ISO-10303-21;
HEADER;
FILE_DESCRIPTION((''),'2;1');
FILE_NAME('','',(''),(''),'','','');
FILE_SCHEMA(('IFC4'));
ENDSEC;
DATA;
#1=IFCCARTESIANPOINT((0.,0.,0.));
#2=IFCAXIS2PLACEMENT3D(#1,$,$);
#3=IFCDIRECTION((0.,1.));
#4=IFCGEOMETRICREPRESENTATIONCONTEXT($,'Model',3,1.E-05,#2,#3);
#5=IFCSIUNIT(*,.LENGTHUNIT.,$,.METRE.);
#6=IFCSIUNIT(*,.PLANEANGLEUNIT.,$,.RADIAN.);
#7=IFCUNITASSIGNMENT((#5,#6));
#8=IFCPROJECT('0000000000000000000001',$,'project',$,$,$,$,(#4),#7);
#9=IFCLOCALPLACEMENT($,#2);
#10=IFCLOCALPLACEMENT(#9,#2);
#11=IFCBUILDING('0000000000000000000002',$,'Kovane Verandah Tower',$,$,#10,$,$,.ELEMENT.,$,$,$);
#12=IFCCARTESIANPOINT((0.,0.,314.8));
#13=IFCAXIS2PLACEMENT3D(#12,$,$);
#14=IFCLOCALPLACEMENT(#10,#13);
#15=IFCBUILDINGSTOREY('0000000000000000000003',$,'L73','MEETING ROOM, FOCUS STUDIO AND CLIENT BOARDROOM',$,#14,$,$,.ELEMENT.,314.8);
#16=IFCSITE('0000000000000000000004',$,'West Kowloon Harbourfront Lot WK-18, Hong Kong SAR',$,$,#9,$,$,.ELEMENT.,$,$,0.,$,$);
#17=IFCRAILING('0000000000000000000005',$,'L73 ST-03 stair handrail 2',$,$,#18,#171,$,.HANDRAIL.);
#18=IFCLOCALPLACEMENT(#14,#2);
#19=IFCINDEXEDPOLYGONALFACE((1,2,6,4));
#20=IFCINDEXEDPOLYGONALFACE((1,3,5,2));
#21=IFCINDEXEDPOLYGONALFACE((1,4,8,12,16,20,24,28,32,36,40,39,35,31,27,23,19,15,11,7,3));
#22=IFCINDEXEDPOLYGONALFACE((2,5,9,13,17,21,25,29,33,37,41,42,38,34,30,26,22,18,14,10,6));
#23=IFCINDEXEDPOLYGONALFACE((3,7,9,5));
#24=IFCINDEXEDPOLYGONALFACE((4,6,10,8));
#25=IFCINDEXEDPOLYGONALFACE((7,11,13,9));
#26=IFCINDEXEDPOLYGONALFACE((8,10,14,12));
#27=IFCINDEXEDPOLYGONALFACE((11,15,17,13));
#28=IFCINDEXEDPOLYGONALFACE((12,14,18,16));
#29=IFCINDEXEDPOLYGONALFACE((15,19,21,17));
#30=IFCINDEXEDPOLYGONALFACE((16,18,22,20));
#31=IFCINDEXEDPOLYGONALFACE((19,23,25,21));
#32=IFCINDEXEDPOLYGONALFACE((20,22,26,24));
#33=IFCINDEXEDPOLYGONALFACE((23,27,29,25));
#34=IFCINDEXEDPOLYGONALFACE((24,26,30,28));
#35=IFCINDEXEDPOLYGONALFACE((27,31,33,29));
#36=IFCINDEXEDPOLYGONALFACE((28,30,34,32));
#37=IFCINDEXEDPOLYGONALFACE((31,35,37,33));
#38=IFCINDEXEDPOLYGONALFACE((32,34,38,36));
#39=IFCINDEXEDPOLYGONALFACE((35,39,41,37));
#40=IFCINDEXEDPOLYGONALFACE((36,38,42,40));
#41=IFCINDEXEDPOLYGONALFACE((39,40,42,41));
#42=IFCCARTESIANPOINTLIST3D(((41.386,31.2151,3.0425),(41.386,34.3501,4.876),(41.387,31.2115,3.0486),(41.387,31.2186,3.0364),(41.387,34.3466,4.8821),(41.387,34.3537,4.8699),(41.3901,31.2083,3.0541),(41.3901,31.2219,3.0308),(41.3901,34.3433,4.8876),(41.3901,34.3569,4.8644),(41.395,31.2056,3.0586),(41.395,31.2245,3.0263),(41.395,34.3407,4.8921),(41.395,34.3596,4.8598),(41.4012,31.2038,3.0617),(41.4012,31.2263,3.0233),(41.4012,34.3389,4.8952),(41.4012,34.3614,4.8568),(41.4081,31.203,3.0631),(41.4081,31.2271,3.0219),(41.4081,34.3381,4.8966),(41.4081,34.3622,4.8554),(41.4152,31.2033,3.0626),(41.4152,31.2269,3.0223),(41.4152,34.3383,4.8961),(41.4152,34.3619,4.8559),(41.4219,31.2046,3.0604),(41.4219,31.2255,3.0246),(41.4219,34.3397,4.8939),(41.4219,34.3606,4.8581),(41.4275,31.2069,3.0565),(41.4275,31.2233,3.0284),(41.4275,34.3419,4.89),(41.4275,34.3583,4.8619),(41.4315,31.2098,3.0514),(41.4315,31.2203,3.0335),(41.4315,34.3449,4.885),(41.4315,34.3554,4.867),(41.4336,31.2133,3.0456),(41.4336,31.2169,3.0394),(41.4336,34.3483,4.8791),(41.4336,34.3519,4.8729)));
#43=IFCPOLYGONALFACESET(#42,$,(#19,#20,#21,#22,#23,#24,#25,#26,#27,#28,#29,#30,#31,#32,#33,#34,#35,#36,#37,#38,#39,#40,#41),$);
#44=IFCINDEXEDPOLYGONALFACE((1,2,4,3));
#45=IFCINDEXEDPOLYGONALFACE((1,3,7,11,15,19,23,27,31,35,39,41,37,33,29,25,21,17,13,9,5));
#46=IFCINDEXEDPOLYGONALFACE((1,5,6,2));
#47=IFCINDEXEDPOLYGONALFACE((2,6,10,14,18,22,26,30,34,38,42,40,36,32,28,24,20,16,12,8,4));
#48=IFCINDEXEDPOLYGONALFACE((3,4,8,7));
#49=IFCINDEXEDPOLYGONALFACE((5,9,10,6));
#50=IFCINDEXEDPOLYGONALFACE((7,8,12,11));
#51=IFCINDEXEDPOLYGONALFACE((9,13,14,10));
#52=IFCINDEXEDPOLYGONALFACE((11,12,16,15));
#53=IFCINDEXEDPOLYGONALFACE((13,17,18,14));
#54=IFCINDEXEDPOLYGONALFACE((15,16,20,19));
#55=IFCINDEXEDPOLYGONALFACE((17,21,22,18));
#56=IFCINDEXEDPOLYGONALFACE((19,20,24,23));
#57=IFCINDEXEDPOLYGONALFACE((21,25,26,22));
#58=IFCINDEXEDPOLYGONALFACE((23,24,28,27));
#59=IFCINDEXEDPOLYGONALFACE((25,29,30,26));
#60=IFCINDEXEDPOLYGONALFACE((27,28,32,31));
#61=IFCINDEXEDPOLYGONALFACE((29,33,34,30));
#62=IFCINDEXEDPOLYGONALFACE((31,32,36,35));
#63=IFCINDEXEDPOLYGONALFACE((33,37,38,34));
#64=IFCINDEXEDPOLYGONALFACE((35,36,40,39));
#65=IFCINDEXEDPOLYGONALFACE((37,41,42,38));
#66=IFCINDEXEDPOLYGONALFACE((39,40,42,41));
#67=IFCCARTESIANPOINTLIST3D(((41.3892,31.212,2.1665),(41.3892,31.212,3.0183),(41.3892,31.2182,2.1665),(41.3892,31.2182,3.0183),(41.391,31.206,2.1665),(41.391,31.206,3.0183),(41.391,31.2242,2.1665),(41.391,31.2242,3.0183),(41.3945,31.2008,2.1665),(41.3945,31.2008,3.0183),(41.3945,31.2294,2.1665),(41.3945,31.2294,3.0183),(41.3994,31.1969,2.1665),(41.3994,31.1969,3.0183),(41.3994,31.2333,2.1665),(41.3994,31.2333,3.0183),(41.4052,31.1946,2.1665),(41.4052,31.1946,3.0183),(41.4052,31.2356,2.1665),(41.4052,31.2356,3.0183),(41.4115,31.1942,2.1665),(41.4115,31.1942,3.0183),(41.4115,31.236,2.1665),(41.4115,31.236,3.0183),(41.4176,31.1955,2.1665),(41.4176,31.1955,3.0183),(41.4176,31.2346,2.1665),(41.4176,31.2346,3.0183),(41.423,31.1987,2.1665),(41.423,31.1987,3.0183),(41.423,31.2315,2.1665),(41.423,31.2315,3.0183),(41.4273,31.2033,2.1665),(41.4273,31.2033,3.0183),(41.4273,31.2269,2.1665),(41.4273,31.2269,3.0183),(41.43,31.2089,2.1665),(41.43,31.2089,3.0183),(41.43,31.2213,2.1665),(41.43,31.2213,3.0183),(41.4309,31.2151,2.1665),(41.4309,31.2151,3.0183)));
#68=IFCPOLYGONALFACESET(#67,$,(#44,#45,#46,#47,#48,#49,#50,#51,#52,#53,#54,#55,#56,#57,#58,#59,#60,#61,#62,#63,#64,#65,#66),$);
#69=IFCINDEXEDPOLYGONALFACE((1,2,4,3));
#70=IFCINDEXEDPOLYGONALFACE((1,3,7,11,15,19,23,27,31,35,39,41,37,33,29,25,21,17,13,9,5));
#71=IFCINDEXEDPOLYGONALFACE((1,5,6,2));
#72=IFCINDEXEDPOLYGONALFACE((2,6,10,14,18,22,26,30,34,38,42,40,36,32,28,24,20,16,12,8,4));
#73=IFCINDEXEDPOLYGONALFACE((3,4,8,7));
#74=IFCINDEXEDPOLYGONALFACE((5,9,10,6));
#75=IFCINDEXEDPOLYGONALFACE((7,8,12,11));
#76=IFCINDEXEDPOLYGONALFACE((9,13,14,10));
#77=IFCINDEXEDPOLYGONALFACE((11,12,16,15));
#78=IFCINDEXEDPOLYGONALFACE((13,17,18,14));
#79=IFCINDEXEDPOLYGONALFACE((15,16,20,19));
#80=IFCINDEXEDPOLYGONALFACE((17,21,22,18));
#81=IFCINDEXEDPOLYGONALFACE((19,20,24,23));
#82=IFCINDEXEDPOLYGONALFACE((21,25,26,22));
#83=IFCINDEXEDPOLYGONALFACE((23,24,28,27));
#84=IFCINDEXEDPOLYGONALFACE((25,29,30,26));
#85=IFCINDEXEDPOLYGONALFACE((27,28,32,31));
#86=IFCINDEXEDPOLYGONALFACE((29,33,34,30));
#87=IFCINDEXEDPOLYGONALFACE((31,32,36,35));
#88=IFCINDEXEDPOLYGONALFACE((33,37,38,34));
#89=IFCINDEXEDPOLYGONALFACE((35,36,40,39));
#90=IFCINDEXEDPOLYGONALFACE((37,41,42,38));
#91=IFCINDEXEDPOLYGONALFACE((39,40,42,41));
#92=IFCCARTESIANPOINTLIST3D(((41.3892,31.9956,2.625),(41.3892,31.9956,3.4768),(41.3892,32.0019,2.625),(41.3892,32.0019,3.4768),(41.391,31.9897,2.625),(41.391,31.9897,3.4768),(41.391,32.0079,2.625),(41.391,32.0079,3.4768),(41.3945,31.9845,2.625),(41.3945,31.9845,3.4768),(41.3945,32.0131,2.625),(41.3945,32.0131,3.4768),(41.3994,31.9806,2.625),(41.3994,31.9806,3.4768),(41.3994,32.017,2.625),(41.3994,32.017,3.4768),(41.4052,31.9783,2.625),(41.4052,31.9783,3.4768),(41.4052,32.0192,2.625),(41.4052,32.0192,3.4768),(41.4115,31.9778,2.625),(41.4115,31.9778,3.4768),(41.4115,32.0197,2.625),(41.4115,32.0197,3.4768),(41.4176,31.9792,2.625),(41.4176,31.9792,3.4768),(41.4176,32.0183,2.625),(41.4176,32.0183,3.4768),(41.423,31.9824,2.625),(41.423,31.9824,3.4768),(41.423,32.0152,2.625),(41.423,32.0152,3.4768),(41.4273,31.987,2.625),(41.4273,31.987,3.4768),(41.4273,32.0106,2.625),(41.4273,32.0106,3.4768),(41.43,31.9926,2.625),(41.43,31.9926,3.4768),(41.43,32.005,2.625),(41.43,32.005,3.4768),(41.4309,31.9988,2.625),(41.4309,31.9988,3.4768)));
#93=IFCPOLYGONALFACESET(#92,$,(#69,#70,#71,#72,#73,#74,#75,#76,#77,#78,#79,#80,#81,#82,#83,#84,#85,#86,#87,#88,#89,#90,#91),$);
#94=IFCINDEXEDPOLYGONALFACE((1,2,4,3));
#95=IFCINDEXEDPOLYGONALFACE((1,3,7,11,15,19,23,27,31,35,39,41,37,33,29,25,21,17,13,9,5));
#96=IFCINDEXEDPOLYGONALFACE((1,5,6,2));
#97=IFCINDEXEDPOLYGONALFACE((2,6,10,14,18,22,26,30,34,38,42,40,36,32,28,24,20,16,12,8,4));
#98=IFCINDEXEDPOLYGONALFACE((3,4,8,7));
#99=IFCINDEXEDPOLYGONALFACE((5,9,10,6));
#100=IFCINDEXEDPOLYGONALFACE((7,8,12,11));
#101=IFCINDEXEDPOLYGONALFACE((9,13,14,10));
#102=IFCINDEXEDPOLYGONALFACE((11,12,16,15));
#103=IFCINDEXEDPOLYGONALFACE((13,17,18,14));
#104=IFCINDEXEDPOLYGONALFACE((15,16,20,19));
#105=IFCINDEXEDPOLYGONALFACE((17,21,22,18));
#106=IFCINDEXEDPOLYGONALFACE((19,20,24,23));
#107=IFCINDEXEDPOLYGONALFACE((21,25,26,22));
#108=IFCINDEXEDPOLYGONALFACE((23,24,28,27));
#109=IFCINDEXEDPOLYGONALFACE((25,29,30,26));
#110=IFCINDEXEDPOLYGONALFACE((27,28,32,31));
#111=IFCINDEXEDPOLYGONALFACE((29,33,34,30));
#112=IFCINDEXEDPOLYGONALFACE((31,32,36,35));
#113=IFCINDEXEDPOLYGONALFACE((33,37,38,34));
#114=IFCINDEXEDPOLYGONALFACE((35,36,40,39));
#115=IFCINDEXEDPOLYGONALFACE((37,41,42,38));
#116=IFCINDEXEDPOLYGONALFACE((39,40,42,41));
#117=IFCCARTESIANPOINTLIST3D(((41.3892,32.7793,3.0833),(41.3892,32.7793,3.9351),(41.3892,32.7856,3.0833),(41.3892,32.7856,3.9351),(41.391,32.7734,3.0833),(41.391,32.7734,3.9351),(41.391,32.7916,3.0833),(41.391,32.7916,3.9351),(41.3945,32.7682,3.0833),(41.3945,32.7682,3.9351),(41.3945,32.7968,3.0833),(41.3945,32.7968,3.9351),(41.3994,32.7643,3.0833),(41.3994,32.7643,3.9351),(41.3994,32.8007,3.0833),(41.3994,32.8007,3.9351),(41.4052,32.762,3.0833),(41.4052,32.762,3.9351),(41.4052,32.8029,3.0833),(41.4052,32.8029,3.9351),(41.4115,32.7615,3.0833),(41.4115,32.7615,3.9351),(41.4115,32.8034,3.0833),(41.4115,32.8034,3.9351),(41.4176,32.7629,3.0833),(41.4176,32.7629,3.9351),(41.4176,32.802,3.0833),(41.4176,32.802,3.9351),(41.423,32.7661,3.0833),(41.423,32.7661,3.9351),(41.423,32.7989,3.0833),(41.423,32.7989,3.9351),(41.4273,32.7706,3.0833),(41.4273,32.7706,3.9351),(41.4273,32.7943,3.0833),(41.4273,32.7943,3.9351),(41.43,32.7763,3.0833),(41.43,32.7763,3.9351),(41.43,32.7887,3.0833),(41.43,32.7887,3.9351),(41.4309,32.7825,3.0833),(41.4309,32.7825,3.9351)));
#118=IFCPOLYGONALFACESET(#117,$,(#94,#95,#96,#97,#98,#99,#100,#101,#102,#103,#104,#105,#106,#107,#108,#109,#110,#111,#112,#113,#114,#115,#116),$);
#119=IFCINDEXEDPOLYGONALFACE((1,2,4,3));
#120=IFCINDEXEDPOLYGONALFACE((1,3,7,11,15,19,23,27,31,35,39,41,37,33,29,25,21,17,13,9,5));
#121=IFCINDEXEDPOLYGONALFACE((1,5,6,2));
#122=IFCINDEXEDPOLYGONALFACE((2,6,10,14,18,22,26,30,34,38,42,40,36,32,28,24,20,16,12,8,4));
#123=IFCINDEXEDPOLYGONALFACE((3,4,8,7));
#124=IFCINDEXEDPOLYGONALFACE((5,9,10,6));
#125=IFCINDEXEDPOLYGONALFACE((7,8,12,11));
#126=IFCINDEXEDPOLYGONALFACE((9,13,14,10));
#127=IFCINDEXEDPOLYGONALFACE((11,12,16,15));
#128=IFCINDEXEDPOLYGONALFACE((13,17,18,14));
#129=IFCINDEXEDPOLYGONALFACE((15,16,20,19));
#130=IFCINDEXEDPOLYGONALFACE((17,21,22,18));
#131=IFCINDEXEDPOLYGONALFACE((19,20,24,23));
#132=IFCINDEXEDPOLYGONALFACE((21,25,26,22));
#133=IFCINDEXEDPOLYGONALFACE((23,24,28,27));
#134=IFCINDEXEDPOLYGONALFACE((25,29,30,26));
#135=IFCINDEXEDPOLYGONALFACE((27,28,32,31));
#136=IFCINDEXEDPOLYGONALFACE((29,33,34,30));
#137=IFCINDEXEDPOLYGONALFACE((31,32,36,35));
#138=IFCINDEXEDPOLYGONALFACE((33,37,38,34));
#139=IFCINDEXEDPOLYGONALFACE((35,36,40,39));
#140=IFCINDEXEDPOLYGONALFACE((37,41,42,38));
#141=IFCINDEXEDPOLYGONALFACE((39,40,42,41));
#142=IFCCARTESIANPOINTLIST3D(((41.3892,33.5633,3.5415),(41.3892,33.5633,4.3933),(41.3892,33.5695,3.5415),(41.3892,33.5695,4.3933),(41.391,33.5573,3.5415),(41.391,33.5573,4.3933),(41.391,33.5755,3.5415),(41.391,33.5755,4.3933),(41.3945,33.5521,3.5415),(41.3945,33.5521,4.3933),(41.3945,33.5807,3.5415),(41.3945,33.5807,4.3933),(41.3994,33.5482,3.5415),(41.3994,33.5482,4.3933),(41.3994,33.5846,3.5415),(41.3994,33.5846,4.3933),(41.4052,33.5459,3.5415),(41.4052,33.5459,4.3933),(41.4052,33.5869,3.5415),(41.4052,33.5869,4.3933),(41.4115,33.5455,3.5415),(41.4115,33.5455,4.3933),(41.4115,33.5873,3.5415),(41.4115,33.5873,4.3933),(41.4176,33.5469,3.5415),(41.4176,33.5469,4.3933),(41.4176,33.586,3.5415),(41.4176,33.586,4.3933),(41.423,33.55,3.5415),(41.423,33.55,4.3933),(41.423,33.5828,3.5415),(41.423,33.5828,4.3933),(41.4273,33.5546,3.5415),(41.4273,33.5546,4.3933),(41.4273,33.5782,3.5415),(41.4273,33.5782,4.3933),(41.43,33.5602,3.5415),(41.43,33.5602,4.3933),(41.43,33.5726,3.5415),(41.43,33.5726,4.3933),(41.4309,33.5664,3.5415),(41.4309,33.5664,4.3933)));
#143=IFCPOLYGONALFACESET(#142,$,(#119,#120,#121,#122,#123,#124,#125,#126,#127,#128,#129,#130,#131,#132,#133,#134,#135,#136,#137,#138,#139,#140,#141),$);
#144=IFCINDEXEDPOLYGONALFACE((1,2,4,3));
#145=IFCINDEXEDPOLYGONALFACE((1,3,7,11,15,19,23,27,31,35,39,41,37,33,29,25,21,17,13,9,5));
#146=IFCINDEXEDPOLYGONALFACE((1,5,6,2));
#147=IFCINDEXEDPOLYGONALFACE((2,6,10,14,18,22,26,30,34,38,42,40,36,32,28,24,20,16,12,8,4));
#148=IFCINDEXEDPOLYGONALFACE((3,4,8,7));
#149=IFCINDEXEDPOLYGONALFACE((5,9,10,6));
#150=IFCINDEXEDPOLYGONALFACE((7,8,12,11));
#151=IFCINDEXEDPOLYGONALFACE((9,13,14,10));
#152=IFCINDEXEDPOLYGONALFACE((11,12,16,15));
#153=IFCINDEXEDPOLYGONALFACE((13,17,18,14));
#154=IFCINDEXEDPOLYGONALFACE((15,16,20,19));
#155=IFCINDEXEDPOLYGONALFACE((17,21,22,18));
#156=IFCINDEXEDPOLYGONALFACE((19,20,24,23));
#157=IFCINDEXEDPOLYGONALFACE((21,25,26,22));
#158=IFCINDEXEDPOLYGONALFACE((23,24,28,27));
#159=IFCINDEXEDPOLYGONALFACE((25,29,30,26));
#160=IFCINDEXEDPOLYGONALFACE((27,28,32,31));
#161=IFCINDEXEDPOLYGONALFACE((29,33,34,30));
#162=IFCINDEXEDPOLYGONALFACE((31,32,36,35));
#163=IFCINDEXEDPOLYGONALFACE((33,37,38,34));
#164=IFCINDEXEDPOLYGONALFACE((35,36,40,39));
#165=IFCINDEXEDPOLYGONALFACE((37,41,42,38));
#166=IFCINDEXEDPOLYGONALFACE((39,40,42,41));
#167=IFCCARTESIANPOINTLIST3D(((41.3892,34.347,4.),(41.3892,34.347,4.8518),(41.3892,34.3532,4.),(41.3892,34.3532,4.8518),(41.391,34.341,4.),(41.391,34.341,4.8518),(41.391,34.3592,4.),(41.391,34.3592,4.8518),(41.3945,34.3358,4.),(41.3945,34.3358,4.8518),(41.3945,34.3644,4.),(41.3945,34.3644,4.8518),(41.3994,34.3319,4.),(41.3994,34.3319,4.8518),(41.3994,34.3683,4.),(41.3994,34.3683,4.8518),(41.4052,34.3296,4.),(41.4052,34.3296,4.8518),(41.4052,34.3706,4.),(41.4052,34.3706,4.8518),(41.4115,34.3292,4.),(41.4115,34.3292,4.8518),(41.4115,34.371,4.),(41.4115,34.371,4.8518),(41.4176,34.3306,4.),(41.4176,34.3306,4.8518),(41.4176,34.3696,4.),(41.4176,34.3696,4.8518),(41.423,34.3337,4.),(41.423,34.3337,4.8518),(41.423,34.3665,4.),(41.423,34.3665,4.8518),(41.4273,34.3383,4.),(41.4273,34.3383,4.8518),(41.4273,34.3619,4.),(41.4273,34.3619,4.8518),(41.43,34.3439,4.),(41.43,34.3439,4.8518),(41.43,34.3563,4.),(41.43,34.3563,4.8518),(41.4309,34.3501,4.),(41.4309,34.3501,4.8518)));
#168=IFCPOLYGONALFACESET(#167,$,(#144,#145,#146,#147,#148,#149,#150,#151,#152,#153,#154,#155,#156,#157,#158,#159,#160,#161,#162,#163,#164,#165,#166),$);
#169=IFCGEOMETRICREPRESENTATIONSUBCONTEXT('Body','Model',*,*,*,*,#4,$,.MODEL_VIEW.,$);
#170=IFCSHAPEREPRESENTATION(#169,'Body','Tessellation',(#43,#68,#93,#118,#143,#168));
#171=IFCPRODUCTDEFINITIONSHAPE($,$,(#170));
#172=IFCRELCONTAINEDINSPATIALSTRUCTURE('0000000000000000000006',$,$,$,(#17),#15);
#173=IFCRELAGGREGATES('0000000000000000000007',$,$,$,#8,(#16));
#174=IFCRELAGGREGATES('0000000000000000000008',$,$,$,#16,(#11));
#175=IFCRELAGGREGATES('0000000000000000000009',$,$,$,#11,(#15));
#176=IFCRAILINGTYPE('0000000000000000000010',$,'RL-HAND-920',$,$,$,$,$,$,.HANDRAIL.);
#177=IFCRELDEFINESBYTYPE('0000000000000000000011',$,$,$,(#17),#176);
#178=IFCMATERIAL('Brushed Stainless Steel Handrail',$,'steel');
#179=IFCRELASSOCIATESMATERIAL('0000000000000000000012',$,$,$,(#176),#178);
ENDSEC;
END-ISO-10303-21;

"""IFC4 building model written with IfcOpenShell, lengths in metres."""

from ifc_helpers import new_model, si_unit, direction, frame, origin, origin_2d, place, context, subcontext, project, spatial, circle, extrude, material, type_object, element, save


model = new_model("IFC4")

# Units and contexts
model_context = context("Model", 3, precision=1e-05, world=origin(), true_north=direction((0.0, 1.0)))
body_context = subcontext(model_context, "Body", "Model", "MODEL_VIEW")
ifc_project = project(units=[si_unit("LENGTHUNIT", "METRE"), si_unit("PLANEANGLEUNIT", "RADIAN")], contexts=[model_context])

# Site, building, storey
site_placement = place(None, origin())
site = spatial("IfcSite", under=ifc_project, at=site_placement, Name="West Kowloon Harbourfront Lot WK-18, Hong Kong SAR", CompositionType="ELEMENT", RefElevation=0.0)
building_placement = place(site_placement, origin())
building = spatial("IfcBuilding", under=site, at=building_placement, Name="Kovane Verandah Tower", CompositionType="ELEMENT")
storey_placement = place(building_placement, frame((0.0, 0.0, 314.8)))
storey = spatial("IfcBuildingStorey", under=building, at=storey_placement, Name="L73", Description="MEETING ROOM, FOCUS STUDIO AND CLIENT BOARDROOM", CompositionType="ELEMENT", Elevation=314.8)

# Railing
ifc_material_1 = material(Name="Brushed Stainless Steel Handrail", Category="steel")
railing_type_1 = type_object("IfcRailingType", Name="RL-HAND-920", PredefinedType="HANDRAIL", material=ifc_material_1)
railing_1_placement = place(storey_placement, frame((41.4099, 31.2151, 2.1665)))
element("IfcRailing", 1, at=railing_1_placement, inside=storey, type_object=railing_type_1, Name="L73 ST-03 stair handrail 2", PredefinedType="HANDRAIL", context=body_context, shape_type="SweptSolid", body=[
    extrude(circle(Radius=0.0239, at=origin_2d()), frame((0.0, 0.0, 0.876), z_axis=(0.0, 0.86321, 0.504845), x_axis=(-1.0, 0.0, 0.0)), (0.0, 0.0, 1.0), 3.6318),
    extrude(circle(Radius=0.021, at=origin_2d()), origin(), (0.0, 0.0, 1.0), 0.8518),
    extrude(circle(Radius=0.021, at=origin_2d()), frame((0.0, 0.7837, 0.4585)), (0.0, 0.0, 1.0), 0.8518),
    extrude(circle(Radius=0.021, at=origin_2d()), frame((0.0, 1.5674, 0.9167)), (0.0, 0.0, 1.0), 0.8518),
    extrude(circle(Radius=0.021, at=origin_2d()), frame((0.0, 2.3513, 1.375)), (0.0, 0.0, 1.0), 0.8518),
    extrude(circle(Radius=0.021, at=origin_2d()), frame((0.0, 3.135, 1.8335)), (0.0, 0.0, 1.0), 0.8518),
])

save(model, "model.ifc")
